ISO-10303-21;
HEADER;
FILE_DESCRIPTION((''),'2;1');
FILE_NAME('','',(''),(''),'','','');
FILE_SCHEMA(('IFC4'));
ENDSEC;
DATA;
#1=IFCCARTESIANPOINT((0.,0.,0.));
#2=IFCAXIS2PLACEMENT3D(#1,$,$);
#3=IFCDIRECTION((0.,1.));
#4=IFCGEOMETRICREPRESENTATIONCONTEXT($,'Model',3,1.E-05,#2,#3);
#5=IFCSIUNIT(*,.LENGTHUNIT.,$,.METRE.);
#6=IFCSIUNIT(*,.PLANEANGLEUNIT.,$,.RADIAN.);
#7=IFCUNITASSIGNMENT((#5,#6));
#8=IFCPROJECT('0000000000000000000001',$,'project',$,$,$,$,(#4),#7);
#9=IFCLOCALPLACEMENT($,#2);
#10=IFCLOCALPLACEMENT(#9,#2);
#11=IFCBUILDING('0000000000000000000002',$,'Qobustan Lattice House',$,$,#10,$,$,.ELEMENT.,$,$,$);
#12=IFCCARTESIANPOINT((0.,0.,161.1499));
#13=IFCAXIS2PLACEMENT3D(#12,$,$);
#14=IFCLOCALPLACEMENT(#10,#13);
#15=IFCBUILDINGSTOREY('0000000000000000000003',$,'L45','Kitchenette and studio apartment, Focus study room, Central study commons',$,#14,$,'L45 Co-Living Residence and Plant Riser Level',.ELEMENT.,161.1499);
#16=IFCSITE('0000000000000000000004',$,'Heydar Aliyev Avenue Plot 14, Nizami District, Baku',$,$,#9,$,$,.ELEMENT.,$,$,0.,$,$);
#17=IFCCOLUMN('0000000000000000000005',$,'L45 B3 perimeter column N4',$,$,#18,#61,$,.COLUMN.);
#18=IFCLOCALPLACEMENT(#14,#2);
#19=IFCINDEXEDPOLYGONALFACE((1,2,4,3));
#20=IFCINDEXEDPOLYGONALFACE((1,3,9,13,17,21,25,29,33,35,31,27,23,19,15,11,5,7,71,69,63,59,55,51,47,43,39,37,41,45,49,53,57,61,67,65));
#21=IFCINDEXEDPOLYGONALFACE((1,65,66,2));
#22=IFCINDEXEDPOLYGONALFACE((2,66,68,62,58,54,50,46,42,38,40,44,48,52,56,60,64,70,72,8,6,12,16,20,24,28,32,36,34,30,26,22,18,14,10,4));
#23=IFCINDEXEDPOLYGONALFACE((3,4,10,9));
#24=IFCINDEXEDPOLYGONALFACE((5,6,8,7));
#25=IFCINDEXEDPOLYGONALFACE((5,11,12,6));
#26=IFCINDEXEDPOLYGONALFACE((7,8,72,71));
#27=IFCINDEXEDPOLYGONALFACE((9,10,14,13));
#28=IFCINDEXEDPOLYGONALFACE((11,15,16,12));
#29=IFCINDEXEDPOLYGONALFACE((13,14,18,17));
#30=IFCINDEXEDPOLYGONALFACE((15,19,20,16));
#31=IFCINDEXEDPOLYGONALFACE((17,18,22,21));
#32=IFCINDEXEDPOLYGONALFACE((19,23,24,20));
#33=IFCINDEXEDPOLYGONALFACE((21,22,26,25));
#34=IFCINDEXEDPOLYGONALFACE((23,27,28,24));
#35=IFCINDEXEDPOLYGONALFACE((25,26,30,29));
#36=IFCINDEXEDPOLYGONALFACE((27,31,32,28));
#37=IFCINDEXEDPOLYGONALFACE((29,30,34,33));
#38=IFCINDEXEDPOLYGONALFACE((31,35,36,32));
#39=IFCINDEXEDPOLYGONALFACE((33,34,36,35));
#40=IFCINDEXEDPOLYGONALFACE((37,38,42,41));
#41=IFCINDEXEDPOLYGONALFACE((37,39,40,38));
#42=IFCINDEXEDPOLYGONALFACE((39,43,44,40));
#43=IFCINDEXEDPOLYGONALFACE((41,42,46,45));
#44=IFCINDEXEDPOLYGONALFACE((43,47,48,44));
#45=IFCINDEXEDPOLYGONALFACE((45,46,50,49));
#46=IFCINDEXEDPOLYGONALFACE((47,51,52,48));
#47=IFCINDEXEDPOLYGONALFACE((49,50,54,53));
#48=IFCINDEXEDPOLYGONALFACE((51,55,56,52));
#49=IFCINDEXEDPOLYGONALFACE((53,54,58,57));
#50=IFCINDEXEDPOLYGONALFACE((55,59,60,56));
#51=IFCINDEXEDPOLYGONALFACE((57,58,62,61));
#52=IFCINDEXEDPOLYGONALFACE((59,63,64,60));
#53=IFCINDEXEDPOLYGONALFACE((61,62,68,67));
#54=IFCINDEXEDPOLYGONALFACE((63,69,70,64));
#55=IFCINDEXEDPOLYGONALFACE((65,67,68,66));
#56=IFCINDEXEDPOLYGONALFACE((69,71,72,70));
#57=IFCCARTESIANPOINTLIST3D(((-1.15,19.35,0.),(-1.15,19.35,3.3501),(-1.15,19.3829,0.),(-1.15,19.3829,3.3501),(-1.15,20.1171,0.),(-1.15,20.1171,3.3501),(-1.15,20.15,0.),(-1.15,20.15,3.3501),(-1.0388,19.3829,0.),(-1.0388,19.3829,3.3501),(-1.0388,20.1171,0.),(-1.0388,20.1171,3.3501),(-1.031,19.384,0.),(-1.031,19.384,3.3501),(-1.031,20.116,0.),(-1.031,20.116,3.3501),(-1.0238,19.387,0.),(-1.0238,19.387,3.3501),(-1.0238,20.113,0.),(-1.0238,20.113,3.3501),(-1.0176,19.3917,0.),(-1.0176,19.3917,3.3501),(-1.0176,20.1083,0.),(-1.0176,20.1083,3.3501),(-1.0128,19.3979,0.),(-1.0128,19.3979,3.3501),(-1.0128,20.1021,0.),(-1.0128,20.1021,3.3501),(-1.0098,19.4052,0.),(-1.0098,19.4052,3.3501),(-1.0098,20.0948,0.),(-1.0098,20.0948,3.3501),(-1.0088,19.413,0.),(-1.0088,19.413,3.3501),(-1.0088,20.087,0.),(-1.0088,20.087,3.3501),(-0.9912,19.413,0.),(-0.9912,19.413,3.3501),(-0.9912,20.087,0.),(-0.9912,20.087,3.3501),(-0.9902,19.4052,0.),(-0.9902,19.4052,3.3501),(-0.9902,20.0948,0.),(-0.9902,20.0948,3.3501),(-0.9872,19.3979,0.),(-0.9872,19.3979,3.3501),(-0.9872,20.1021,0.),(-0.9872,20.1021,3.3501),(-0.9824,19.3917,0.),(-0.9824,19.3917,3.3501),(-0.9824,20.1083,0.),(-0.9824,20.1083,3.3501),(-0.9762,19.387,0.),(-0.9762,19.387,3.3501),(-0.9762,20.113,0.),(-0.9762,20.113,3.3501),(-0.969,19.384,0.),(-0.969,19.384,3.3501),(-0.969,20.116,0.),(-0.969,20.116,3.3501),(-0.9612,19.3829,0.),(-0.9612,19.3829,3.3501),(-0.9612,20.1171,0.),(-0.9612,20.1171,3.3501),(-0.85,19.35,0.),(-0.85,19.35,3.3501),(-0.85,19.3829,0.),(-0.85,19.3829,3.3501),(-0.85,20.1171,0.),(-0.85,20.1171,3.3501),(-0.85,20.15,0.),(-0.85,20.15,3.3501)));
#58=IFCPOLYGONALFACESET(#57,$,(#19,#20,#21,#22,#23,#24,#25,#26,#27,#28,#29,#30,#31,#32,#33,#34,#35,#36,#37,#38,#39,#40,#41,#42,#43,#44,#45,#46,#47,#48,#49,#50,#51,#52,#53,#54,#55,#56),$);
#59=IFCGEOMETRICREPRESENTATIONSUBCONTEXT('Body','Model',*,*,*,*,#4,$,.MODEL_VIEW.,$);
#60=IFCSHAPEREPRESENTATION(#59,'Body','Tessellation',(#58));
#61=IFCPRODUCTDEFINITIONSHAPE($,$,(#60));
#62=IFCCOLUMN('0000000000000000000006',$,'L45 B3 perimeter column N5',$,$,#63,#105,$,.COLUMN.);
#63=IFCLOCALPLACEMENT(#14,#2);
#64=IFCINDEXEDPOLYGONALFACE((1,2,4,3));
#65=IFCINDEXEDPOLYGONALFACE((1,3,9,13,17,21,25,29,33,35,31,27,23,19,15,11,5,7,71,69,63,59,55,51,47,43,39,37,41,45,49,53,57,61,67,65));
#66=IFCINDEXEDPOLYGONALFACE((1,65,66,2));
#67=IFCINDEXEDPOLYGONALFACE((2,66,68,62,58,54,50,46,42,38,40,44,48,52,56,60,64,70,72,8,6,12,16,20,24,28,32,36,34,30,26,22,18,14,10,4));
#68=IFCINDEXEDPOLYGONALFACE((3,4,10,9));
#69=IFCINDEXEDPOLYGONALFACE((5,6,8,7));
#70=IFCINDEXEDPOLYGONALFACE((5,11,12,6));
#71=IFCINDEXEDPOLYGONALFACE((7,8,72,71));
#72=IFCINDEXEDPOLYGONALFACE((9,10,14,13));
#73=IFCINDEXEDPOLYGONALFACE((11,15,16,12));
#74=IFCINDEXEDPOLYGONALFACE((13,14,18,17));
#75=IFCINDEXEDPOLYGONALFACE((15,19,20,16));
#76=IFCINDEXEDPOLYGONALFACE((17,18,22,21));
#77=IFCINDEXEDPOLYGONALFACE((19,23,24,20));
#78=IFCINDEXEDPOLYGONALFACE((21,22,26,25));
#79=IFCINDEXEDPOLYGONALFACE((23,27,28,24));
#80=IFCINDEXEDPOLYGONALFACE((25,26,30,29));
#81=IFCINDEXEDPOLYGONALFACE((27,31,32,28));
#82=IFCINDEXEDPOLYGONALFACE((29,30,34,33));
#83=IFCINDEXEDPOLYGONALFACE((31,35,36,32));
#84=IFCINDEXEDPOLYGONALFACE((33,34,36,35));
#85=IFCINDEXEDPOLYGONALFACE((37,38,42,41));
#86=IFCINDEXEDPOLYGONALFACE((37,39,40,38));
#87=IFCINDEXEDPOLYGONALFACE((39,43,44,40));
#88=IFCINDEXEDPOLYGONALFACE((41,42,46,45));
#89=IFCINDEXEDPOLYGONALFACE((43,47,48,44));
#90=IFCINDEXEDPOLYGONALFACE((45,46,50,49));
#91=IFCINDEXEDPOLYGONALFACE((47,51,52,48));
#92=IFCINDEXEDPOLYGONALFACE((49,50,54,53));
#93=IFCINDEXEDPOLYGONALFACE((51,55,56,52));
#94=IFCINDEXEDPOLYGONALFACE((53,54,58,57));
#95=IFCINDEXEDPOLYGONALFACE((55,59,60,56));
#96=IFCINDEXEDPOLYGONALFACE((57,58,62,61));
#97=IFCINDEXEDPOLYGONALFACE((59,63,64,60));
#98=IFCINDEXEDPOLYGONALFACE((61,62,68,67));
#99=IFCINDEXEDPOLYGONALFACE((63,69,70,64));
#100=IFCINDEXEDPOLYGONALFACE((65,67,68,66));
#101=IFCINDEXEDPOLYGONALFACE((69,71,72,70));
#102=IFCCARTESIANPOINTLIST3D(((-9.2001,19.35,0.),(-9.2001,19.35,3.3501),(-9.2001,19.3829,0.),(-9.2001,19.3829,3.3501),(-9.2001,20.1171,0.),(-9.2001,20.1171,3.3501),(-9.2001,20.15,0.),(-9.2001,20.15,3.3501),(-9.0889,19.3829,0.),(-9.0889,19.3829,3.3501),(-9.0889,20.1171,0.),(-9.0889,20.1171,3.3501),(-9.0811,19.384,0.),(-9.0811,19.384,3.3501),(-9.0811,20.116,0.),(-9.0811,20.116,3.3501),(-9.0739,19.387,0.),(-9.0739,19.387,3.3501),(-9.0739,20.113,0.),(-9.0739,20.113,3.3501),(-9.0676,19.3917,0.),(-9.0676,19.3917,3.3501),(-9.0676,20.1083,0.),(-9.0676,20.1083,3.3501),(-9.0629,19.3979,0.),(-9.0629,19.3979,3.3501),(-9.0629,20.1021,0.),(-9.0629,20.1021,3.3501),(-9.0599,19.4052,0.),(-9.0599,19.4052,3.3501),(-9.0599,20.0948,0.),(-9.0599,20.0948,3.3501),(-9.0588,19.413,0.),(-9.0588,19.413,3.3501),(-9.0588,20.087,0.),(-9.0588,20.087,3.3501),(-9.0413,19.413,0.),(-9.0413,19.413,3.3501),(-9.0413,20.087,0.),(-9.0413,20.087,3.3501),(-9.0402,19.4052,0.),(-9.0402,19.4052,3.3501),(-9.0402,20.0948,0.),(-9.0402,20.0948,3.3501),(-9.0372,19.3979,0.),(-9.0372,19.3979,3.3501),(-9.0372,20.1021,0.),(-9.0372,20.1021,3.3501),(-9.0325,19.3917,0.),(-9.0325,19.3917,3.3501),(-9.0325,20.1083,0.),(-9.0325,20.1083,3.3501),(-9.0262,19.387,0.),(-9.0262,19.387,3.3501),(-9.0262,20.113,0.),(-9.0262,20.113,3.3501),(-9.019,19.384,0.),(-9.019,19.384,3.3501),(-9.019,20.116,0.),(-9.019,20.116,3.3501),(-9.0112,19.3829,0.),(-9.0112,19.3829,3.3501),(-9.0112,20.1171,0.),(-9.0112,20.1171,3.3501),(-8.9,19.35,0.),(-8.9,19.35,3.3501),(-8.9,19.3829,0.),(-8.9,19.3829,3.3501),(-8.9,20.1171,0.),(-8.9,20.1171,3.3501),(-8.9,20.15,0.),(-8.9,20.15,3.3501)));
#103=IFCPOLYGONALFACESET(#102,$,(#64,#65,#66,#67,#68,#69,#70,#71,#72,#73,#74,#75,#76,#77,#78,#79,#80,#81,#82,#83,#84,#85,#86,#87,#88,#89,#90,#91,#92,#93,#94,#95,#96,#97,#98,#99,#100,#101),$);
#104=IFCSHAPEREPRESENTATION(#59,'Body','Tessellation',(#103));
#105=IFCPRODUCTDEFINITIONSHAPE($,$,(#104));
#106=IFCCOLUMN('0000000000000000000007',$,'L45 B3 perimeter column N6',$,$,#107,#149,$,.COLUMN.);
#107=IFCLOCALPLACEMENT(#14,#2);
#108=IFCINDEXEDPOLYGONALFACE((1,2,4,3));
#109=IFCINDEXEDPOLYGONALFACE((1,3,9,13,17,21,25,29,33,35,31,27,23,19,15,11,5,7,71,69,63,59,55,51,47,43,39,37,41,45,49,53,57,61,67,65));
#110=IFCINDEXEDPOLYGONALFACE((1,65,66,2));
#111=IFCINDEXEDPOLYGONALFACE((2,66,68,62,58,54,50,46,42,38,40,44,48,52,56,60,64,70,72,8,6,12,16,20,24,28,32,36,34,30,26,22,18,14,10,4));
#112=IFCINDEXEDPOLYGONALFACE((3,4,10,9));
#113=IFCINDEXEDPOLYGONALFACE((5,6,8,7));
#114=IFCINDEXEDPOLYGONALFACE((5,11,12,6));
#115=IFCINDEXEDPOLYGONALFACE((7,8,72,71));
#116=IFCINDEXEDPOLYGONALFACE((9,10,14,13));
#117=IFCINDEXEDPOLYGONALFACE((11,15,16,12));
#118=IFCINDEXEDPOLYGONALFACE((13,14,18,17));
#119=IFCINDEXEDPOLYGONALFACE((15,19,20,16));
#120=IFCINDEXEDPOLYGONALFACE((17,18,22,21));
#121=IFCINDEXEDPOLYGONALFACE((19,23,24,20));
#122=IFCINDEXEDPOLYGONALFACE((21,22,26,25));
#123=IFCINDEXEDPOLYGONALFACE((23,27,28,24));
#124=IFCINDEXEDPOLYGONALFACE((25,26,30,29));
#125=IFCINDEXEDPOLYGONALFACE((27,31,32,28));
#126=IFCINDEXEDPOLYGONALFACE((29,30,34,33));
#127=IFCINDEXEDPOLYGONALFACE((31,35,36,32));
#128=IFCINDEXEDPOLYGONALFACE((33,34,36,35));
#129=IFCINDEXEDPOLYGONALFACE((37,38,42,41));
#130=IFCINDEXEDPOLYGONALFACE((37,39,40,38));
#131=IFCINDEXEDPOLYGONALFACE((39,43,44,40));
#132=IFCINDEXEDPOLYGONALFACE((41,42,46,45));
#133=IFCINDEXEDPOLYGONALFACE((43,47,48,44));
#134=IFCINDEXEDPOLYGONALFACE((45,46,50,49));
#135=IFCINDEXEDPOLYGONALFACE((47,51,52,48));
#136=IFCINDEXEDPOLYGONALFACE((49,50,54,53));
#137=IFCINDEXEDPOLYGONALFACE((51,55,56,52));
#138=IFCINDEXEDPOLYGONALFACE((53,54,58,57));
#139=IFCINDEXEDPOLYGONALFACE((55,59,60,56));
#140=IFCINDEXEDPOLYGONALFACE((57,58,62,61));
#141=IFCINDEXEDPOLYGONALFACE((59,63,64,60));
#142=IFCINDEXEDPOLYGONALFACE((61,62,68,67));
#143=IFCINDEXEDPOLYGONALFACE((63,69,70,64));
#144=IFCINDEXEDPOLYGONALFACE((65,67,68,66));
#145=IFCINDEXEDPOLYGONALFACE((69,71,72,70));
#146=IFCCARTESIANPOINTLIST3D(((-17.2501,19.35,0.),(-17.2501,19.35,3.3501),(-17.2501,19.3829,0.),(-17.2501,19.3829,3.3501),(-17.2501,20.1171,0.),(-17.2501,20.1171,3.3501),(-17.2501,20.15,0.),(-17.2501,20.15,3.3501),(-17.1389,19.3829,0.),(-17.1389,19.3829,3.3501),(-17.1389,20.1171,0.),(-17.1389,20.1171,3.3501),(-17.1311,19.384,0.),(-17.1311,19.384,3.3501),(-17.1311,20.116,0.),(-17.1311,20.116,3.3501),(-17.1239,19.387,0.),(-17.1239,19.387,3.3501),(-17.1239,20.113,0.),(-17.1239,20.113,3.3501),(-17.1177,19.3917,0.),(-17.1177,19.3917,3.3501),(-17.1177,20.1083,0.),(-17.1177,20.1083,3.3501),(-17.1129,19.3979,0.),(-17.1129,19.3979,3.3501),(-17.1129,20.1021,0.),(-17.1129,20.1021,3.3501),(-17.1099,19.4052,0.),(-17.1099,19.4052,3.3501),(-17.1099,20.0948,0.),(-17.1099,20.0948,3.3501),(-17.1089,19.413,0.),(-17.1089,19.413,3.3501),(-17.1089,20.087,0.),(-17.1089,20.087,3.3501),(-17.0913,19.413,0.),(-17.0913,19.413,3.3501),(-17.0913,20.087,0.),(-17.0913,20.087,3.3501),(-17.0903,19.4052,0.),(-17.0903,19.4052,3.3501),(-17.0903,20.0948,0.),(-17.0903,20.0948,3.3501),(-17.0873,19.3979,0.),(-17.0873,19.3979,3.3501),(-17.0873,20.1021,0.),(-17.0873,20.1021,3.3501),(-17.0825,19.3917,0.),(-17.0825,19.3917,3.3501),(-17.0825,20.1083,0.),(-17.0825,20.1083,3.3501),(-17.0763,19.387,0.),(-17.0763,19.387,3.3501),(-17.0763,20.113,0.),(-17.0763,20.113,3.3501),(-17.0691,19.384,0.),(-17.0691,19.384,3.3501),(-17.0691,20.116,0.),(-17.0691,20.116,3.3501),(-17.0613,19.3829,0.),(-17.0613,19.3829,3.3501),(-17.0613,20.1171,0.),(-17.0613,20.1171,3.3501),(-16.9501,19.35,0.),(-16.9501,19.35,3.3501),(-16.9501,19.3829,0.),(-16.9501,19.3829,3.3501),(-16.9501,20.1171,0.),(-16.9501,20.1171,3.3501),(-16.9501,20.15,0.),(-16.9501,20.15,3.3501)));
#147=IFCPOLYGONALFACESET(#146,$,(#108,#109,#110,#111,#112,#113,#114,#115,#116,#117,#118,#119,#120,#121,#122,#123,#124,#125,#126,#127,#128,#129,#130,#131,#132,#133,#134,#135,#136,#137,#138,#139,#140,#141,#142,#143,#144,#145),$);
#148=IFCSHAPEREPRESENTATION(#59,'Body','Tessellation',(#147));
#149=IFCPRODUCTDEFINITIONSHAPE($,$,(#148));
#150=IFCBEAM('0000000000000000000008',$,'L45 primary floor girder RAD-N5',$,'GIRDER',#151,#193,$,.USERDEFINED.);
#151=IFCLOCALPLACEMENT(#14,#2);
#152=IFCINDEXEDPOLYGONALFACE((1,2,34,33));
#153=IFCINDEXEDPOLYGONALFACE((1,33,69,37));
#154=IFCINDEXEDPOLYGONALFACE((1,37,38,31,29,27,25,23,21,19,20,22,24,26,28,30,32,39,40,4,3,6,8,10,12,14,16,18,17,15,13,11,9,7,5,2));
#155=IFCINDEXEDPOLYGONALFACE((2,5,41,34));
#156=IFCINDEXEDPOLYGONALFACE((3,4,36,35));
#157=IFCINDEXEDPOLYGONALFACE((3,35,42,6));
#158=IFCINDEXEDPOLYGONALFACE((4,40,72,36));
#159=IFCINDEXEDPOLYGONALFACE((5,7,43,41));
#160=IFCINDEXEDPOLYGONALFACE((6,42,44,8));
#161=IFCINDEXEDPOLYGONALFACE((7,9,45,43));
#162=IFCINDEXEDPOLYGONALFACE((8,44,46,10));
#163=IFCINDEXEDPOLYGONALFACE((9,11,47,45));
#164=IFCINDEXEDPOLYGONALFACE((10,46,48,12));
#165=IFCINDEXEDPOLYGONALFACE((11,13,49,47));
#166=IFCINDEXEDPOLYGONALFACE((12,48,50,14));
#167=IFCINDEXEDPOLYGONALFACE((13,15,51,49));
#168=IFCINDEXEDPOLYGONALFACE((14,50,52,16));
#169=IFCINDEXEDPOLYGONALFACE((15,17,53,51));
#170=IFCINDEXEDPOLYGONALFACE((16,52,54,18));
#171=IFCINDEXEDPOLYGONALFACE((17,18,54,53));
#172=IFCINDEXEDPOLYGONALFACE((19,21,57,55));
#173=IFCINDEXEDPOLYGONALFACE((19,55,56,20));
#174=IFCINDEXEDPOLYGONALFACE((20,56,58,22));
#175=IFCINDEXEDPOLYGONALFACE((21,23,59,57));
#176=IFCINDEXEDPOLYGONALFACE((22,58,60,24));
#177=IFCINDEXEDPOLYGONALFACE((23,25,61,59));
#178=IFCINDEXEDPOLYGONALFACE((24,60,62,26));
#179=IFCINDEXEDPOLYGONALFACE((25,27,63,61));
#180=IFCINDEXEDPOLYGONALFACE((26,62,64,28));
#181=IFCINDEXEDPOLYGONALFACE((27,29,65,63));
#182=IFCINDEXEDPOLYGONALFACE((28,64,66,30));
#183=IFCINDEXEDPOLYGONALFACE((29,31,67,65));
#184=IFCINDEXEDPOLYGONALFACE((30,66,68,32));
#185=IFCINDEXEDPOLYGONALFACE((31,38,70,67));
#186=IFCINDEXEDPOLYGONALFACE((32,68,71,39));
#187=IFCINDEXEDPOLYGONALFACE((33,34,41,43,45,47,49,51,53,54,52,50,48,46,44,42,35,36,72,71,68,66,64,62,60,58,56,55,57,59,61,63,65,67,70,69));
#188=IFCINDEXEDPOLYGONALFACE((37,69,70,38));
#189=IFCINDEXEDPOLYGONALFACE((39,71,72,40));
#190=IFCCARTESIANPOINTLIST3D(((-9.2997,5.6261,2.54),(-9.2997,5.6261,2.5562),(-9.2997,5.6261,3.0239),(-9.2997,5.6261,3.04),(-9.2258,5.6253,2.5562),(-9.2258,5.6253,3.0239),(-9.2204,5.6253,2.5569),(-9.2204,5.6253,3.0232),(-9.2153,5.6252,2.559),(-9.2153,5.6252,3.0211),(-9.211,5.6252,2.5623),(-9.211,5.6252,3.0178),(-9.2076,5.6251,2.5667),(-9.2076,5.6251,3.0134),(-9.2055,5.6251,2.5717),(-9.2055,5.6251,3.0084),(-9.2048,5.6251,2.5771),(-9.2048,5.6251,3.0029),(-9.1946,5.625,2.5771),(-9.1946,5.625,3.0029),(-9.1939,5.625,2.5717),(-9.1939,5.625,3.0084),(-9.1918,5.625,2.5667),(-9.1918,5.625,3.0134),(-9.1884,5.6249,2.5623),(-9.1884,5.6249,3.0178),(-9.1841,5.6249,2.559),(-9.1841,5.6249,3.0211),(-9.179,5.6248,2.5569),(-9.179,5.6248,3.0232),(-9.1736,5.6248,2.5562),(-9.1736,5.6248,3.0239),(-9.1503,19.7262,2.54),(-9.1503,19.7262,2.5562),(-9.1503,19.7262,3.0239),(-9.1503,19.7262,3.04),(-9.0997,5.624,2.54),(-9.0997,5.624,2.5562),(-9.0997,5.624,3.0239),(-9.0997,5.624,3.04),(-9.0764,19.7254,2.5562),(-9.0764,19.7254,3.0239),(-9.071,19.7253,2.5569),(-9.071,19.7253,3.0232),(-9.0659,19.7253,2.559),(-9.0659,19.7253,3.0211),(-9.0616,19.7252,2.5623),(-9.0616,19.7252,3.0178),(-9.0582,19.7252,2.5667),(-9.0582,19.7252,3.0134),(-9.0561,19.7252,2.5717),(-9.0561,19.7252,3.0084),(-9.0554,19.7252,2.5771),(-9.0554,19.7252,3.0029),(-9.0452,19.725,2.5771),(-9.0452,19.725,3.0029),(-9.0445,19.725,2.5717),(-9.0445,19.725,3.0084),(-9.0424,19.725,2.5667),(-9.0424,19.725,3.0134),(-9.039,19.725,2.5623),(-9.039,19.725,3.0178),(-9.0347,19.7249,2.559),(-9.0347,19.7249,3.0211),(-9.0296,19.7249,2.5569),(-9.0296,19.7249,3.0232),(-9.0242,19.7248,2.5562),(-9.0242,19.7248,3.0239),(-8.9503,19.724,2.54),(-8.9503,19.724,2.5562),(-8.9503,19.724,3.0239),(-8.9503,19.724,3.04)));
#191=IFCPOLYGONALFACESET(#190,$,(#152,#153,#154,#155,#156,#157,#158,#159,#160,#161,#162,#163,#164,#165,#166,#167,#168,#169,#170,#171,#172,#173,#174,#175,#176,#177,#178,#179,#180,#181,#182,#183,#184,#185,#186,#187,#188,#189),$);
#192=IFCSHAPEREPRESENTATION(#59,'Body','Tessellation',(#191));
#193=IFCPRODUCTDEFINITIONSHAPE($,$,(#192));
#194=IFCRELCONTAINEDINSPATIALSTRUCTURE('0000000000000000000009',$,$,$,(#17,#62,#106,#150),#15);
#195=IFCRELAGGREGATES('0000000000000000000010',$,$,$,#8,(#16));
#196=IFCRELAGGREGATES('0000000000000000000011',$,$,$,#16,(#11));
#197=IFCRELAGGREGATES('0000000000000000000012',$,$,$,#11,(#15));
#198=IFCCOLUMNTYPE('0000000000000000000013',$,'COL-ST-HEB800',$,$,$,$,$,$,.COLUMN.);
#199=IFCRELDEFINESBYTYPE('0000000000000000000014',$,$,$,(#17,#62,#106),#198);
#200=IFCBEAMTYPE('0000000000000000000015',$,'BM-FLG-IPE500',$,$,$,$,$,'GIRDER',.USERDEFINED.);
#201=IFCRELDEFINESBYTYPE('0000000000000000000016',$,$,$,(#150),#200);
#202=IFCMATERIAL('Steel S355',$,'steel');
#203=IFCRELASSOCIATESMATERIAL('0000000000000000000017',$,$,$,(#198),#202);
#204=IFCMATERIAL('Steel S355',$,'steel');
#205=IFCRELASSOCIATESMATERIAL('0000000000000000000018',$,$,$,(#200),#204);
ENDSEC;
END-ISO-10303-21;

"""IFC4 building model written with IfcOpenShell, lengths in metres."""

from ifc_helpers import new_model, si_unit, direction, frame, origin, origin_2d, place, context, subcontext, project, spatial, i_section, extrude, material, material_profile, profile_set, type_object, element, save


model = new_model("IFC4")

# Units and contexts
model_context = context("Model", 3, precision=1e-05, world=origin(), true_north=direction((0.0, 1.0)))
body_context = subcontext(model_context, "Body", "Model", "MODEL_VIEW")
ifc_project = project(units=[si_unit("LENGTHUNIT", "METRE"), si_unit("PLANEANGLEUNIT", "RADIAN")], contexts=[model_context])

# Site, building, storey
site_placement = place(None, origin())
site = spatial("IfcSite", under=ifc_project, at=site_placement, Name="Heydar Aliyev Avenue Plot 14, Nizami District, Baku", CompositionType="ELEMENT", RefElevation=0.0)
building_placement = place(site_placement, origin())
building = spatial("IfcBuilding", under=site, at=building_placement, Name="Qobustan Lattice House", CompositionType="ELEMENT")
storey_placement = place(building_placement, frame((0.0, 0.0, 161.1499)))
storey = spatial("IfcBuildingStorey", under=building, at=storey_placement, Name="L45", Description="Kitchenette and studio apartment, Focus study room, Central study commons", LongName="L45 Co-Living Residence and Plant Riser Level", CompositionType="ELEMENT", Elevation=161.1499)

# Columns
ifc_material_1 = material(Name="Steel S355", Category="steel")
ifc_material_profile_1 = material_profile(ifc_material_1, i_section(OverallWidth=0.3, OverallDepth=0.8, WebThickness=0.0176, FlangeThickness=0.033, FilletRadius=0.03, at=origin_2d()), Name="HEB800")
ifc_profile_set_1 = profile_set([ifc_material_profile_1], Name="Steel S355")
column_type = type_object("IfcColumnType", Name="COL-ST-HEB800", PredefinedType="COLUMN", material=ifc_profile_set_1)
for number, where, z_axis, x_axis, name in (
    (1, (-1.0, 19.75, 0.0), (0.0, 0.0, 1.0), (1.0, 0.0, 0.0), "L45 B3 perimeter column N4"),
    (2, (-9.05, 19.75, 0.0), (0.0, 0.0, 1.0), (1.0, 0.0, 0.0), "L45 B3 perimeter column N5"),
    (3, (-17.1001, 19.75, 0.0), (0.0, 0.0, 1.0), (1.0, 0.0, 0.0), "L45 B3 perimeter column N6"),
):
    element("IfcColumn", number, at=place(storey_placement, frame(where, z_axis=z_axis, x_axis=x_axis)), inside=storey, type_object=column_type, Name=name, PredefinedType="COLUMN", context=body_context, shape_type="SweptSolid", body=[
        extrude(i_section(OverallWidth=0.3, OverallDepth=0.8, WebThickness=0.0176, FlangeThickness=0.033, FilletRadius=0.03, at=origin_2d()), origin(), (0.0, 0.0, 1.0), 3.3501),
    ])

# Beam
ifc_material_2 = material(Name="Steel S355", Category="steel")
ifc_material_profile_2 = material_profile(ifc_material_2, i_section(OverallWidth=0.2, OverallDepth=0.5, WebThickness=0.0103, FlangeThickness=0.0161, FilletRadius=0.021, at=origin_2d()), Name="IPE500")
ifc_profile_set_2 = profile_set([ifc_material_profile_2], Name="Steel S355")
beam_type_1 = type_object("IfcBeamType", Name="BM-FLG-IPE500", ElementType="GIRDER", PredefinedType="USERDEFINED", material=ifc_profile_set_2)
beam_1_placement = place(storey_placement, frame((-9.0503, 19.7251, 2.79), z_axis=(-0.010596, -0.999944, 0.0), x_axis=(0.999944, -0.010596, 0.0)))
element("IfcBeam", 4, at=beam_1_placement, inside=storey, type_object=beam_type_1, Name="L45 primary floor girder RAD-N5", ObjectType="GIRDER", PredefinedType="USERDEFINED", context=body_context, shape_type="SweptSolid", body=[
    extrude(i_section(OverallWidth=0.2, OverallDepth=0.5, WebThickness=0.0103, FlangeThickness=0.0161, FilletRadius=0.021, at=origin_2d()), origin(), (0.0, 0.0, 1.0), 14.1008),
])

save(model, "model.ifc")
